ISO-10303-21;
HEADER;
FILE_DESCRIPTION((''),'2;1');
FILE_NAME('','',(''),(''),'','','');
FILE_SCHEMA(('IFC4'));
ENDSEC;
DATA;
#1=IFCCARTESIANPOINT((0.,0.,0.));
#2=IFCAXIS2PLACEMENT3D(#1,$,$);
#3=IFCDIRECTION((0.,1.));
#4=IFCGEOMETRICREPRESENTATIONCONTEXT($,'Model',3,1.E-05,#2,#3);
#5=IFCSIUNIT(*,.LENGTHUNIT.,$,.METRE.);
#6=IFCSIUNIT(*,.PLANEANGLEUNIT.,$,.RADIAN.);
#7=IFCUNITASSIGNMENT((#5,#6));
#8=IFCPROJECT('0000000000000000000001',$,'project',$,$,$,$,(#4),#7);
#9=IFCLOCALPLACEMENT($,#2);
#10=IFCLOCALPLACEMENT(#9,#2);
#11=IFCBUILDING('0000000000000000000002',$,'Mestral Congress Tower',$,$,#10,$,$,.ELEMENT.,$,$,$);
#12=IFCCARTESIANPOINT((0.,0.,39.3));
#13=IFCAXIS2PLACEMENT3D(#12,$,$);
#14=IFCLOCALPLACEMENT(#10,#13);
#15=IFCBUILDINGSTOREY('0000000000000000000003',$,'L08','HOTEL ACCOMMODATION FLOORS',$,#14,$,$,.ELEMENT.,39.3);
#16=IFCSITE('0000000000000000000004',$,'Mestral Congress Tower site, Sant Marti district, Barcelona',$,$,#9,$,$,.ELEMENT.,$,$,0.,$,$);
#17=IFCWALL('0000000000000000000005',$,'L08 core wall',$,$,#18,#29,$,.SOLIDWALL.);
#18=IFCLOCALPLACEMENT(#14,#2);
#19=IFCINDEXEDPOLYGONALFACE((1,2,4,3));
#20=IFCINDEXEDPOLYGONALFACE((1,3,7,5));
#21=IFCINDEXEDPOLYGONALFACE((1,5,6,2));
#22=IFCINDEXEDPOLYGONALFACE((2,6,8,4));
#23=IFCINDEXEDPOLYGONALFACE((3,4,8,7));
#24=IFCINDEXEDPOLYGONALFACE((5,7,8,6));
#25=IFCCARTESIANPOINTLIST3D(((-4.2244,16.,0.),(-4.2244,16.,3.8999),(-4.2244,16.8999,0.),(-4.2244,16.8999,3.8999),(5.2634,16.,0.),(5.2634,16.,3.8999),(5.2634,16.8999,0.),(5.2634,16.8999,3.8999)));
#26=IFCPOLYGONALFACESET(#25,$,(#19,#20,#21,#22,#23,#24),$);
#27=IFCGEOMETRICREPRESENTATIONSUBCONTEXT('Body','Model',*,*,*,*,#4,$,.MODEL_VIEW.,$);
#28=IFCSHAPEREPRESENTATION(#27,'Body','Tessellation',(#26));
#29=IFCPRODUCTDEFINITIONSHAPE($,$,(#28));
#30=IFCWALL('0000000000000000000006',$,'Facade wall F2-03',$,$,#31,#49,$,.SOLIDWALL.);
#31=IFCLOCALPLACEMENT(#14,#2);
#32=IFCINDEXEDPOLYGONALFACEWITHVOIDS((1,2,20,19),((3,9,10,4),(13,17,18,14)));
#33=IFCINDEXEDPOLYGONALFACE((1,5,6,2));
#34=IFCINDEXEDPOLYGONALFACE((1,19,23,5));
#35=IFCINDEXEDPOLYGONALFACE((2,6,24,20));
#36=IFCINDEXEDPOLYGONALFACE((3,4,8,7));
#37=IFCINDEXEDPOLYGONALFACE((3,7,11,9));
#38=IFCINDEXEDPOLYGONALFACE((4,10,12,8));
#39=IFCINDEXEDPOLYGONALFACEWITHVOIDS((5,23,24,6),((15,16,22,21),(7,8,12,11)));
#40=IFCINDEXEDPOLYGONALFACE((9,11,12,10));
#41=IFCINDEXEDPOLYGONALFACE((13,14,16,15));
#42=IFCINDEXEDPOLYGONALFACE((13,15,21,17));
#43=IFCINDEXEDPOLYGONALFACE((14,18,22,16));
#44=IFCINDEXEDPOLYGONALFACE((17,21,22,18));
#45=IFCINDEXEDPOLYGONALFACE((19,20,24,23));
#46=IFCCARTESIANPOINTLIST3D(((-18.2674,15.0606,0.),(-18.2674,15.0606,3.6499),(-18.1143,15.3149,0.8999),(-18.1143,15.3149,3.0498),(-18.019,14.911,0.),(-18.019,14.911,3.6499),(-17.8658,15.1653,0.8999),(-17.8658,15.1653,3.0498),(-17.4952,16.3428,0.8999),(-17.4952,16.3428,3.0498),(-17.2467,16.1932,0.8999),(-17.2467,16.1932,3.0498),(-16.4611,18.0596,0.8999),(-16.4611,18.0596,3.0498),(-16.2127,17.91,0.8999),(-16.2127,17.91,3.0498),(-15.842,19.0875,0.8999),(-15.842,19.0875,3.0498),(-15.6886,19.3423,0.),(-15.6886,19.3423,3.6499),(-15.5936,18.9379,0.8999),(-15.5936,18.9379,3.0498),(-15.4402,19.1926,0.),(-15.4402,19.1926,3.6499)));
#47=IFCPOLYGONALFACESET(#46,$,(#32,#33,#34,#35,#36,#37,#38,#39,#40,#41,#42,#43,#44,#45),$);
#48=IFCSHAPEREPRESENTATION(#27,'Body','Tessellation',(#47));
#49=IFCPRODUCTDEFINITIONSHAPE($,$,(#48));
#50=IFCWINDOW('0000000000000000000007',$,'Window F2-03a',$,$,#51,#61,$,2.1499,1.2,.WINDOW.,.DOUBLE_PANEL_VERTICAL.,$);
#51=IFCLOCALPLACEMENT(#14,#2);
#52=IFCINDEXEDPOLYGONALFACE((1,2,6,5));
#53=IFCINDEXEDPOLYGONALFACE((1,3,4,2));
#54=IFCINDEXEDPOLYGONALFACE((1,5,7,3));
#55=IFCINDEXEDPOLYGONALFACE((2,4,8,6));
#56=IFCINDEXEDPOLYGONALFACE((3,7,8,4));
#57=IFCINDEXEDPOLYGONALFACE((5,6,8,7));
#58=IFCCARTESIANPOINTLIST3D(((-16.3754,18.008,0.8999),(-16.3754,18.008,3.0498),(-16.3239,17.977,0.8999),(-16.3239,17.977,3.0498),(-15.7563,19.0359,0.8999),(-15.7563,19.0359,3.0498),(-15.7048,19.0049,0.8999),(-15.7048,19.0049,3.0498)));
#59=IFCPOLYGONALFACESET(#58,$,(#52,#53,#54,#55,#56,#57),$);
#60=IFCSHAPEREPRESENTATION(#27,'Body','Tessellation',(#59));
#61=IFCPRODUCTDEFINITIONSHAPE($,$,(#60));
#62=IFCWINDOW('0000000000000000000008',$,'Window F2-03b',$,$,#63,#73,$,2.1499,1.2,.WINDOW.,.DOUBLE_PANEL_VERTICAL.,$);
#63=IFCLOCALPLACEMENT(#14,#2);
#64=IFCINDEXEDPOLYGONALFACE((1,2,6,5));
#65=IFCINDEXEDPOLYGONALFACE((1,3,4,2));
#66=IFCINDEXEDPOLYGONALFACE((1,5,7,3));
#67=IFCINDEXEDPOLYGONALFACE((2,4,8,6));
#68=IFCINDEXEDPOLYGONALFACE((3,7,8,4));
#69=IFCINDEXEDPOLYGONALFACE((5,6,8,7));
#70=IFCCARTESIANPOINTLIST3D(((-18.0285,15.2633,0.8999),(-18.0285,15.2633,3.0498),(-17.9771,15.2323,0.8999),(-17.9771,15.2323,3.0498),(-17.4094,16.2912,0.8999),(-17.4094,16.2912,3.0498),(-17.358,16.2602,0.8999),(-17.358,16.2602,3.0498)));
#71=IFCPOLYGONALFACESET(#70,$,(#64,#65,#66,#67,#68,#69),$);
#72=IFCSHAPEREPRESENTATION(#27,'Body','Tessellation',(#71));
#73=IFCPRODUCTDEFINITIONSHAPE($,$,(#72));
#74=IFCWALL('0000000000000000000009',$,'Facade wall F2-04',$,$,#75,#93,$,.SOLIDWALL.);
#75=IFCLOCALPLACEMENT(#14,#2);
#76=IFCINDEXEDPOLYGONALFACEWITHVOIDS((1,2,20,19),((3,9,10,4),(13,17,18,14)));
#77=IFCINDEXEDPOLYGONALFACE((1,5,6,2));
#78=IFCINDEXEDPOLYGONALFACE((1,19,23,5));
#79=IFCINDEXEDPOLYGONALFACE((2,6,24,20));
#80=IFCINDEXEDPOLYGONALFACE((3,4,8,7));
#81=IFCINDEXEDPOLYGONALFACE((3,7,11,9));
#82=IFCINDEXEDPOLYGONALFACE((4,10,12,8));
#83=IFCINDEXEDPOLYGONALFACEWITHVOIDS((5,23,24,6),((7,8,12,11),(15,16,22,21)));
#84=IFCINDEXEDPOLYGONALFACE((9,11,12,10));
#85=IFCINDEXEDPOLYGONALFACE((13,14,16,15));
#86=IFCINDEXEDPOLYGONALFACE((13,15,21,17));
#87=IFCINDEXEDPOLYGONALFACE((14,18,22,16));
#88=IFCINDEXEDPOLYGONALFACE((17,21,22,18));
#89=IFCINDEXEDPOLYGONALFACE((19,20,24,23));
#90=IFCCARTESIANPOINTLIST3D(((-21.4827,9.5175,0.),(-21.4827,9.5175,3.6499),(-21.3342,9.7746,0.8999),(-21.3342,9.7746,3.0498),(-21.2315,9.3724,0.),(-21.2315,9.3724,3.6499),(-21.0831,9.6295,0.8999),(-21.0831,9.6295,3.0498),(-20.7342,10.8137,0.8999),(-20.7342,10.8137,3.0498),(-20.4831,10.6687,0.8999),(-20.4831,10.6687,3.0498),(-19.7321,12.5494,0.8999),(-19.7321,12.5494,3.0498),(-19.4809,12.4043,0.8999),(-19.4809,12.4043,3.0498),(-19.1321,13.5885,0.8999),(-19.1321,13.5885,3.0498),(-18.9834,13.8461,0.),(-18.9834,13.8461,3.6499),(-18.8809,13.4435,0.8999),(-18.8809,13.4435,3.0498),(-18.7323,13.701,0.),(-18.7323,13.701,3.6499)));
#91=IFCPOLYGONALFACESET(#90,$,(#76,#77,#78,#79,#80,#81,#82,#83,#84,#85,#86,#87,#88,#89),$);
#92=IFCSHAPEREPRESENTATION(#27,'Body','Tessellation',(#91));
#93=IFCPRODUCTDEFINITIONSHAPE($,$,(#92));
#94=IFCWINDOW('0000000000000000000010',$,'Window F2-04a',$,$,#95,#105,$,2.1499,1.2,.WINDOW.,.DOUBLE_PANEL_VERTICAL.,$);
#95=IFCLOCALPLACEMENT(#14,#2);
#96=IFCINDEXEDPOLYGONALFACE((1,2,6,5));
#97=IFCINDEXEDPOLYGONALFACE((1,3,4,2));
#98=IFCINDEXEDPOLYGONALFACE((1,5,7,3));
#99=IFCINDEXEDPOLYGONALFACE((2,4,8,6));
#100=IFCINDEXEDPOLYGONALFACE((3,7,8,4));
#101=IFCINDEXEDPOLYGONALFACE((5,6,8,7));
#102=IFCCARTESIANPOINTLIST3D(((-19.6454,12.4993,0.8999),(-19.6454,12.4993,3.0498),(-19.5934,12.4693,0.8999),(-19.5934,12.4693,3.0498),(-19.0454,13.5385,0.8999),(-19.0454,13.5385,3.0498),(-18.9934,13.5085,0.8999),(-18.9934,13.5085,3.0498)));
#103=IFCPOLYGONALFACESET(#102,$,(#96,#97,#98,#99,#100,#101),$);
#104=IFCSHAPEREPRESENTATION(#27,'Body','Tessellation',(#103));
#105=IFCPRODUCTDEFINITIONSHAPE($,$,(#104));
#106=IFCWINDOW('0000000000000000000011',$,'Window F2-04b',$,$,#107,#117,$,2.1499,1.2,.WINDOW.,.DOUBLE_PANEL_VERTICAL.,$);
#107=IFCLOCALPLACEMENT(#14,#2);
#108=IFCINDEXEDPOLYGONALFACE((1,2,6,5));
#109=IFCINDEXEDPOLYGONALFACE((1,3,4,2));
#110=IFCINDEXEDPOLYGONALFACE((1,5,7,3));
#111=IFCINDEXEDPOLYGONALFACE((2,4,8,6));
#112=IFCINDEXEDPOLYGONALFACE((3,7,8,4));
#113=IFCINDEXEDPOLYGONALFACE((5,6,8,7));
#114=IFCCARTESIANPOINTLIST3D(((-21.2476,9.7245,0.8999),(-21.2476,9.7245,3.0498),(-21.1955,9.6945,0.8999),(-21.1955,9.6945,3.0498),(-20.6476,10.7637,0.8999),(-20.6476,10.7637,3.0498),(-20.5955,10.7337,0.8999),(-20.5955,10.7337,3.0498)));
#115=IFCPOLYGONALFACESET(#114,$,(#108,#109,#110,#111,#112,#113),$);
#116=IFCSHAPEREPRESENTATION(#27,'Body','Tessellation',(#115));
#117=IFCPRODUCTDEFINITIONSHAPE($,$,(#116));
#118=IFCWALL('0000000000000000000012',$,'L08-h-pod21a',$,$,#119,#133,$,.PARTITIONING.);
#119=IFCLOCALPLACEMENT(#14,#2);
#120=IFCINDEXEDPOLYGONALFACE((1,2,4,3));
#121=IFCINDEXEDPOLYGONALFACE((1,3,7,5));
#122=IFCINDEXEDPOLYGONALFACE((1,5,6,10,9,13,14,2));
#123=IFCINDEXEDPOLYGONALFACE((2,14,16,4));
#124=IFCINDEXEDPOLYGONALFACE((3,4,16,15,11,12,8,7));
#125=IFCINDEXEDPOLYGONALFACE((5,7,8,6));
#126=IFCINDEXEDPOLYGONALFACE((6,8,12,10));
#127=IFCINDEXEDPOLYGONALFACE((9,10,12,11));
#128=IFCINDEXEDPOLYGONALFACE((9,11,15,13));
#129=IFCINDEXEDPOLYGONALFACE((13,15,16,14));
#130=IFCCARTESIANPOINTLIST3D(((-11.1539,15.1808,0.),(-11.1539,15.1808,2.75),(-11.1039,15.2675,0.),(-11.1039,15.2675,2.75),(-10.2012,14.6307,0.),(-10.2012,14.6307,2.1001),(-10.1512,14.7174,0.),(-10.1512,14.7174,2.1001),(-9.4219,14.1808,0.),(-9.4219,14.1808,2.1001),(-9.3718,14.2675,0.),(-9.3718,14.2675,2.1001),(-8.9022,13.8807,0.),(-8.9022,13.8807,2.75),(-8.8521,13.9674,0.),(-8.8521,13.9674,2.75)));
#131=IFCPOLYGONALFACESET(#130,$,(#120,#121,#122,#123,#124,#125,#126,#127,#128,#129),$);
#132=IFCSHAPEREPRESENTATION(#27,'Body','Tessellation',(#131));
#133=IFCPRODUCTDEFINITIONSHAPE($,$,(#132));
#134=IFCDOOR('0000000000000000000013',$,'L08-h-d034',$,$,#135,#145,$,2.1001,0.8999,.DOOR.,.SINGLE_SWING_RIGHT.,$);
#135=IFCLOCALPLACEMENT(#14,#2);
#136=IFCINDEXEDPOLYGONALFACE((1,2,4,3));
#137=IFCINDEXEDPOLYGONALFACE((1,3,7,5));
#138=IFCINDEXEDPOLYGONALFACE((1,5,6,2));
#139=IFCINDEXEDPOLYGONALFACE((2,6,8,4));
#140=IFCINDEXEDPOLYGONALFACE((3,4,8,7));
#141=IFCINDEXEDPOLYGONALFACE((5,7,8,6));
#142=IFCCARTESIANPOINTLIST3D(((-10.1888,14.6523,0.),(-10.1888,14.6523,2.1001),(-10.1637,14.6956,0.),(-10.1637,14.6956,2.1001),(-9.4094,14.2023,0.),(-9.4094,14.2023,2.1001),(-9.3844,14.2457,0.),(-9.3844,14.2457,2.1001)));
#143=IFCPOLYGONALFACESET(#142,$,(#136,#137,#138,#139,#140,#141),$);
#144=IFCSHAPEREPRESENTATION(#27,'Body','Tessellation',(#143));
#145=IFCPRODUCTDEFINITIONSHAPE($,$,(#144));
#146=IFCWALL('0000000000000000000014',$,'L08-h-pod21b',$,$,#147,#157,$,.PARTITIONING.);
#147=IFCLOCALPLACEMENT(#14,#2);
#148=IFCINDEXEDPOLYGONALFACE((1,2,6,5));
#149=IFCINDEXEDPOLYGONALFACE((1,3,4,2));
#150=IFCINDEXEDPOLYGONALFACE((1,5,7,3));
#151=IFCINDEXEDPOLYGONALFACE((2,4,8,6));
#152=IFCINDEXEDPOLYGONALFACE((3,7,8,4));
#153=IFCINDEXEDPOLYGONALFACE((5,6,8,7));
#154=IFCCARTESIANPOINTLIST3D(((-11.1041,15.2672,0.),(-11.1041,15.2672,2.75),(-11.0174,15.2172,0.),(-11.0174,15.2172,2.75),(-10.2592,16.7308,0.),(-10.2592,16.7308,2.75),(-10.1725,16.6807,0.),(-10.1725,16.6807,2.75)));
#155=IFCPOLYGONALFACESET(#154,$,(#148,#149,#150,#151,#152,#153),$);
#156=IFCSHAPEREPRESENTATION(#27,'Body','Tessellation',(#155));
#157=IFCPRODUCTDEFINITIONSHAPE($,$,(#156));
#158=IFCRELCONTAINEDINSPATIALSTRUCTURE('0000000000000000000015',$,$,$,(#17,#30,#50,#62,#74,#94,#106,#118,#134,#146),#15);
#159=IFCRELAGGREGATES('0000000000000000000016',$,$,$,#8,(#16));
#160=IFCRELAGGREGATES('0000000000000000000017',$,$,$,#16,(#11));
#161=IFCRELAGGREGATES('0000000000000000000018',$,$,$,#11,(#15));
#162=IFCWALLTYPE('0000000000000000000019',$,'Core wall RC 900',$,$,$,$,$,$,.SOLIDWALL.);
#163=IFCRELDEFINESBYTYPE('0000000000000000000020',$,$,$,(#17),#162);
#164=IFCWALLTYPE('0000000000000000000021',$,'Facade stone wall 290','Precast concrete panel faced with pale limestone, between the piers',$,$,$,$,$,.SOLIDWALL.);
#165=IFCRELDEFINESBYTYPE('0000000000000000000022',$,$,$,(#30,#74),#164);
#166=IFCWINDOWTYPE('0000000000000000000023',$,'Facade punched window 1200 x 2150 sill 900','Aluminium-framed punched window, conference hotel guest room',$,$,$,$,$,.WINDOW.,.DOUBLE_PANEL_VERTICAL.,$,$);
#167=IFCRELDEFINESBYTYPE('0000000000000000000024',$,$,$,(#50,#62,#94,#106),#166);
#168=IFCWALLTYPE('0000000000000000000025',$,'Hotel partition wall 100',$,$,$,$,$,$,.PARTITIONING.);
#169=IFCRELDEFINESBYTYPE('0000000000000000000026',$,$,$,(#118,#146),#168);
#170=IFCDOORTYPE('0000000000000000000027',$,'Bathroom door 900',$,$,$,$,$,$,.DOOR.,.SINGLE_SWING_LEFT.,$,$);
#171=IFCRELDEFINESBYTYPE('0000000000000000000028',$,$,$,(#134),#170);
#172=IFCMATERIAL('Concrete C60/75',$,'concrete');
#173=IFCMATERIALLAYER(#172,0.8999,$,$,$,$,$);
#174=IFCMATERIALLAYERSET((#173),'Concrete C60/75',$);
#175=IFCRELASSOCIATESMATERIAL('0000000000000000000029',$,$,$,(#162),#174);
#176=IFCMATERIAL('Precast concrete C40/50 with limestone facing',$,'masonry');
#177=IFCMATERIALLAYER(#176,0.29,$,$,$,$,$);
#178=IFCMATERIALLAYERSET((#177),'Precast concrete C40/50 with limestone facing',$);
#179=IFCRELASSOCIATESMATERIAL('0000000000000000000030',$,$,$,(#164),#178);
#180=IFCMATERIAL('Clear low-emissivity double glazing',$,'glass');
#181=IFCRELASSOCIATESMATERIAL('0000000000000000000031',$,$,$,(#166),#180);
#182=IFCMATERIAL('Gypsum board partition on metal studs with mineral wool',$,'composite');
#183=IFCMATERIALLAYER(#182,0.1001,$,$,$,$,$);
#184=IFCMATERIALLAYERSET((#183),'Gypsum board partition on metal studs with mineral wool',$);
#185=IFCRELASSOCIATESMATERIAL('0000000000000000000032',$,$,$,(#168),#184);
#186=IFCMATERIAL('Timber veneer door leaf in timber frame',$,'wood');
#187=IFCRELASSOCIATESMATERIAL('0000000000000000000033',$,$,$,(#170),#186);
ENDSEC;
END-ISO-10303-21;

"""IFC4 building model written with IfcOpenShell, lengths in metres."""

from ifc_helpers import new_model, si_unit, direction, frame, frame_2d, origin, place, context, subcontext, project, spatial, rectangle, extrude, material, layer, layer_set, type_object, element, fill, save


model = new_model("IFC4")

# Units and contexts
model_context = context("Model", 3, precision=1e-05, world=origin(), true_north=direction((0.0, 1.0)))
body_context = subcontext(model_context, "Body", "Model", "MODEL_VIEW")
ifc_project = project(units=[si_unit("LENGTHUNIT", "METRE"), si_unit("PLANEANGLEUNIT", "RADIAN")], contexts=[model_context])

# Site, building, storey
site_placement = place(None, origin())
site = spatial("IfcSite", under=ifc_project, at=site_placement, Name="Mestral Congress Tower site, Sant Marti district, Barcelona", CompositionType="ELEMENT", RefElevation=0.0)
building_placement = place(site_placement, origin())
building = spatial("IfcBuilding", under=site, at=building_placement, Name="Mestral Congress Tower", CompositionType="ELEMENT")
storey_placement = place(building_placement, frame((0.0, 0.0, 39.3)))
storey = spatial("IfcBuildingStorey", under=building, at=storey_placement, Name="L08", Description="HOTEL ACCOMMODATION FLOORS", CompositionType="ELEMENT", Elevation=39.3)

# Wall
ifc_material_1 = material(Name="Concrete C60/75", Category="concrete")
ifc_layer_1 = layer(ifc_material_1, 0.8999)
ifc_layer_set_1 = layer_set([ifc_layer_1], Name="Concrete C60/75")
wall_type_1 = type_object("IfcWallType", Name="Core wall RC 900", PredefinedType="SOLIDWALL", material=ifc_layer_set_1)
wall_1_placement = place(storey_placement, frame((-4.2244, 16.45, 0.0), z_axis=(0.0, 0.0, 1.0), x_axis=(1.0, 0.0, 0.0)))
element("IfcWall", 1, at=wall_1_placement, inside=storey, type_object=wall_type_1, Name="L08 core wall", PredefinedType="SOLIDWALL", context=body_context, shape_type="SweptSolid", body=[
    extrude(rectangle(XDim=9.4878, YDim=0.8999, at=frame_2d((4.7439, 0.0))), origin(), (0.0, 0.0, 1.0), 3.8999),
])

# Walls, openings, windows
ifc_material_2 = material(Name="Precast concrete C40/50 with limestone facing", Category="masonry")
ifc_layer_2 = layer(ifc_material_2, 0.29)
ifc_layer_set_2 = layer_set([ifc_layer_2], Name="Precast concrete C40/50 with limestone facing")
wall_type_2 = type_object("IfcWallType", Name="Facade stone wall 290", Description="Precast concrete panel faced with pale limestone, between the piers", PredefinedType="SOLIDWALL", material=ifc_layer_set_2)
wall_2_placement = place(storey_placement, frame((-15.5645, 19.2673, 0.0), z_axis=(0.0, 0.0, 1.0), x_axis=(-0.515939, -0.856625, 0.0)))
wall_2 = element("IfcWall", 2, at=wall_2_placement, inside=storey, type_object=wall_type_2, Name="Facade wall F2-03", PredefinedType="SOLIDWALL", context=body_context, shape_type="SweptSolid", body=[
    extrude(rectangle(XDim=4.9983, YDim=0.29, at=frame_2d((2.499, 0.0))), origin(), (0.0, 0.0, 1.0), 3.6499),
])
opening_1_placement = place(wall_2_placement, frame((0.2971, 0.0, 0.8999)))
opening_1 = element("IfcOpeningElement", 3, at=opening_1_placement, cuts=wall_2, PredefinedType="OPENING", context=body_context, shape_type="SweptSolid", body=[
    extrude(rectangle(XDim=1.2, YDim=2.1499, at=frame_2d((0.6001, 1.075))), frame((0.0, 0.155, 0.0), z_axis=(0.0, -1.0, 0.0), x_axis=(1.0, 0.0, 0.0)), (0.0, 0.0, 1.0), 0.3101),
])
opening_2_placement = place(wall_2_placement, frame((3.5012, 0.0, 0.8999)))
opening_2 = element("IfcOpeningElement", 4, at=opening_2_placement, cuts=wall_2, PredefinedType="OPENING", context=body_context, shape_type="SweptSolid", body=[
    extrude(rectangle(XDim=1.2, YDim=2.1499, at=frame_2d((0.6001, 1.075))), frame((0.0, 0.155, 0.0), z_axis=(0.0, -1.0, 0.0), x_axis=(1.0, 0.0, 0.0)), (0.0, 0.0, 1.0), 0.3101),
])
ifc_material_3 = material(Name="Clear low-emissivity double glazing", Category="glass")
window_type = type_object("IfcWindowType", Name="Facade punched window 1200 x 2150 sill 900", Description="Aluminium-framed punched window, conference hotel guest room", PartitioningType="DOUBLE_PANEL_VERTICAL", PredefinedType="WINDOW", material=ifc_material_3)
window_1_placement = place(opening_1_placement, origin())
window_1 = element("IfcWindow", 5, at=window_1_placement, inside=storey, type_object=window_type, Name="Window F2-03a", OverallHeight=2.1499, OverallWidth=1.2, PartitioningType="DOUBLE_PANEL_VERTICAL", PredefinedType="WINDOW", context=body_context, shape_type="SweptSolid", body=[
    extrude(rectangle(XDim=1.2, YDim=2.1499, at=frame_2d((0.6001, 1.075))), frame((0.0, 0.0151, 0.0), z_axis=(0.0, -1.0, 0.0), x_axis=(1.0, 0.0, 0.0)), (0.0, 0.0, 1.0), 0.0601),
])
fill(opening_1, window_1)
window_2_placement = place(opening_2_placement, origin())
window_2 = element("IfcWindow", 6, at=window_2_placement, inside=storey, type_object=window_type, Name="Window F2-03b", OverallHeight=2.1499, OverallWidth=1.2, PartitioningType="DOUBLE_PANEL_VERTICAL", PredefinedType="WINDOW", context=body_context, shape_type="SweptSolid", body=[
    extrude(rectangle(XDim=1.2, YDim=2.1499, at=frame_2d((0.6001, 1.075))), frame((0.0, 0.0151, 0.0), z_axis=(0.0, -1.0, 0.0), x_axis=(1.0, 0.0, 0.0)), (0.0, 0.0, 1.0), 0.0601),
])
fill(opening_2, window_2)
wall_3_placement = place(storey_placement, frame((-18.8579, 13.7734, 0.0), z_axis=(0.0, 0.0, 1.0), x_axis=(-0.500021, -0.866013, 0.0)))
wall_3 = element("IfcWall", 7, at=wall_3_placement, inside=storey, type_object=wall_type_2, Name="Facade wall F2-04", PredefinedType="SOLIDWALL", context=body_context, shape_type="SweptSolid", body=[
    extrude(rectangle(XDim=4.9983, YDim=0.29, at=frame_2d((2.499, 0.0))), origin(), (0.0, 0.0, 1.0), 3.6499),
])
opening_3_placement = place(wall_3_placement, frame((0.2971, 0.0, 0.8999)))
opening_3 = element("IfcOpeningElement", 8, at=opening_3_placement, cuts=wall_3, PredefinedType="OPENING", context=body_context, shape_type="SweptSolid", body=[
    extrude(rectangle(XDim=1.2, YDim=2.1499, at=frame_2d((0.6001, 1.075))), frame((0.0, 0.155, 0.0), z_axis=(0.0, -1.0, 0.0), x_axis=(1.0, 0.0, 0.0)), (0.0, 0.0, 1.0), 0.3101),
])
opening_4_placement = place(wall_3_placement, frame((3.5012, 0.0, 0.8999)))
opening_4 = element("IfcOpeningElement", 9, at=opening_4_placement, cuts=wall_3, PredefinedType="OPENING", context=body_context, shape_type="SweptSolid", body=[
    extrude(rectangle(XDim=1.2, YDim=2.1499, at=frame_2d((0.6001, 1.075))), frame((0.0, 0.155, 0.0), z_axis=(0.0, -1.0, 0.0), x_axis=(1.0, 0.0, 0.0)), (0.0, 0.0, 1.0), 0.3101),
])
window_3_placement = place(opening_3_placement, origin())
window_3 = element("IfcWindow", 10, at=window_3_placement, inside=storey, type_object=window_type, Name="Window F2-04a", OverallHeight=2.1499, OverallWidth=1.2, PartitioningType="DOUBLE_PANEL_VERTICAL", PredefinedType="WINDOW", context=body_context, shape_type="SweptSolid", body=[
    extrude(rectangle(XDim=1.2, YDim=2.1499, at=frame_2d((0.6001, 1.075))), frame((0.0, 0.0151, 0.0), z_axis=(0.0, -1.0, 0.0), x_axis=(1.0, 0.0, 0.0)), (0.0, 0.0, 1.0), 0.0601),
])
fill(opening_3, window_3)
window_4_placement = place(opening_4_placement, origin())
window_4 = element("IfcWindow", 11, at=window_4_placement, inside=storey, type_object=window_type, Name="Window F2-04b", OverallHeight=2.1499, OverallWidth=1.2, PartitioningType="DOUBLE_PANEL_VERTICAL", PredefinedType="WINDOW", context=body_context, shape_type="SweptSolid", body=[
    extrude(rectangle(XDim=1.2, YDim=2.1499, at=frame_2d((0.6001, 1.075))), frame((0.0, 0.0151, 0.0), z_axis=(0.0, -1.0, 0.0), x_axis=(1.0, 0.0, 0.0)), (0.0, 0.0, 1.0), 0.0601),
])
fill(opening_4, window_4)

# Wall, opening, door
ifc_material_4 = material(Name="Gypsum board partition on metal studs with mineral wool", Category="composite")
ifc_layer_3 = layer(ifc_material_4, 0.1001)
ifc_layer_set_3 = layer_set([ifc_layer_3], Name="Gypsum board partition on metal studs with mineral wool")
wall_type_3 = type_object("IfcWallType", Name="Hotel partition wall 100", PredefinedType="PARTITIONING", material=ifc_layer_set_3)
wall_4_placement = place(storey_placement, frame((-11.1289, 15.2241, 0.0), z_axis=(0.0, 0.0, 1.0), x_axis=(0.866021, -0.500007, 0.0)))
wall_4 = element("IfcWall", 12, at=wall_4_placement, inside=storey, type_object=wall_type_3, Name="L08-h-pod21a", PredefinedType="PARTITIONING", context=body_context, shape_type="SweptSolid", body=[
    extrude(rectangle(XDim=2.6001, YDim=0.1001, at=frame_2d((1.3, 0.0))), origin(), (0.0, 0.0, 1.0), 2.75),
])
opening_5_placement = place(wall_4_placement, frame((1.1001, 0.0, 0.0)))
opening_5 = element("IfcOpeningElement", 13, at=opening_5_placement, cuts=wall_4, PredefinedType="OPENING", context=body_context, shape_type="SweptSolid", body=[
    extrude(rectangle(XDim=0.8999, YDim=2.1001, at=frame_2d((0.45, 1.05))), frame((0.0, 0.0601, 0.0), z_axis=(0.0, -1.0, 0.0), x_axis=(1.0, 0.0, 0.0)), (0.0, 0.0, 1.0), 0.1201),
])
ifc_material_5 = material(Name="Timber veneer door leaf in timber frame", Category="wood")
door_type_1 = type_object("IfcDoorType", Name="Bathroom door 900", OperationType="SINGLE_SWING_LEFT", PredefinedType="DOOR", material=ifc_material_5)
door_1_placement = place(opening_5_placement, origin())
door_1 = element("IfcDoor", 14, at=door_1_placement, inside=storey, type_object=door_type_1, Name="L08-h-d034", OperationType="SINGLE_SWING_RIGHT", OverallHeight=2.1001, OverallWidth=0.8999, PredefinedType="DOOR", context=body_context, shape_type="SweptSolid", body=[
    extrude(rectangle(XDim=0.8999, YDim=2.1001, at=frame_2d((0.45, 1.05))), frame((0.0, 0.0249, 0.0), z_axis=(0.0, -1.0, 0.0), x_axis=(1.0, 0.0, 0.0)), (0.0, 0.0, 1.0), 0.05),
])
fill(opening_5, door_1)

# Wall
wall_5_placement = place(storey_placement, frame((-11.0608, 15.2422, 0.0), z_axis=(0.0, 0.0, 1.0), x_axis=(0.499977, 0.866039, 0.0)))
element("IfcWall", 15, at=wall_5_placement, inside=storey, type_object=wall_type_3, Name="L08-h-pod21b", PredefinedType="PARTITIONING", context=body_context, shape_type="SweptSolid", body=[
    extrude(rectangle(XDim=1.6899, YDim=0.1001, at=frame_2d((0.845, 0.0))), origin(), (0.0, 0.0, 1.0), 2.75),
])

save(model, "model.ifc")
